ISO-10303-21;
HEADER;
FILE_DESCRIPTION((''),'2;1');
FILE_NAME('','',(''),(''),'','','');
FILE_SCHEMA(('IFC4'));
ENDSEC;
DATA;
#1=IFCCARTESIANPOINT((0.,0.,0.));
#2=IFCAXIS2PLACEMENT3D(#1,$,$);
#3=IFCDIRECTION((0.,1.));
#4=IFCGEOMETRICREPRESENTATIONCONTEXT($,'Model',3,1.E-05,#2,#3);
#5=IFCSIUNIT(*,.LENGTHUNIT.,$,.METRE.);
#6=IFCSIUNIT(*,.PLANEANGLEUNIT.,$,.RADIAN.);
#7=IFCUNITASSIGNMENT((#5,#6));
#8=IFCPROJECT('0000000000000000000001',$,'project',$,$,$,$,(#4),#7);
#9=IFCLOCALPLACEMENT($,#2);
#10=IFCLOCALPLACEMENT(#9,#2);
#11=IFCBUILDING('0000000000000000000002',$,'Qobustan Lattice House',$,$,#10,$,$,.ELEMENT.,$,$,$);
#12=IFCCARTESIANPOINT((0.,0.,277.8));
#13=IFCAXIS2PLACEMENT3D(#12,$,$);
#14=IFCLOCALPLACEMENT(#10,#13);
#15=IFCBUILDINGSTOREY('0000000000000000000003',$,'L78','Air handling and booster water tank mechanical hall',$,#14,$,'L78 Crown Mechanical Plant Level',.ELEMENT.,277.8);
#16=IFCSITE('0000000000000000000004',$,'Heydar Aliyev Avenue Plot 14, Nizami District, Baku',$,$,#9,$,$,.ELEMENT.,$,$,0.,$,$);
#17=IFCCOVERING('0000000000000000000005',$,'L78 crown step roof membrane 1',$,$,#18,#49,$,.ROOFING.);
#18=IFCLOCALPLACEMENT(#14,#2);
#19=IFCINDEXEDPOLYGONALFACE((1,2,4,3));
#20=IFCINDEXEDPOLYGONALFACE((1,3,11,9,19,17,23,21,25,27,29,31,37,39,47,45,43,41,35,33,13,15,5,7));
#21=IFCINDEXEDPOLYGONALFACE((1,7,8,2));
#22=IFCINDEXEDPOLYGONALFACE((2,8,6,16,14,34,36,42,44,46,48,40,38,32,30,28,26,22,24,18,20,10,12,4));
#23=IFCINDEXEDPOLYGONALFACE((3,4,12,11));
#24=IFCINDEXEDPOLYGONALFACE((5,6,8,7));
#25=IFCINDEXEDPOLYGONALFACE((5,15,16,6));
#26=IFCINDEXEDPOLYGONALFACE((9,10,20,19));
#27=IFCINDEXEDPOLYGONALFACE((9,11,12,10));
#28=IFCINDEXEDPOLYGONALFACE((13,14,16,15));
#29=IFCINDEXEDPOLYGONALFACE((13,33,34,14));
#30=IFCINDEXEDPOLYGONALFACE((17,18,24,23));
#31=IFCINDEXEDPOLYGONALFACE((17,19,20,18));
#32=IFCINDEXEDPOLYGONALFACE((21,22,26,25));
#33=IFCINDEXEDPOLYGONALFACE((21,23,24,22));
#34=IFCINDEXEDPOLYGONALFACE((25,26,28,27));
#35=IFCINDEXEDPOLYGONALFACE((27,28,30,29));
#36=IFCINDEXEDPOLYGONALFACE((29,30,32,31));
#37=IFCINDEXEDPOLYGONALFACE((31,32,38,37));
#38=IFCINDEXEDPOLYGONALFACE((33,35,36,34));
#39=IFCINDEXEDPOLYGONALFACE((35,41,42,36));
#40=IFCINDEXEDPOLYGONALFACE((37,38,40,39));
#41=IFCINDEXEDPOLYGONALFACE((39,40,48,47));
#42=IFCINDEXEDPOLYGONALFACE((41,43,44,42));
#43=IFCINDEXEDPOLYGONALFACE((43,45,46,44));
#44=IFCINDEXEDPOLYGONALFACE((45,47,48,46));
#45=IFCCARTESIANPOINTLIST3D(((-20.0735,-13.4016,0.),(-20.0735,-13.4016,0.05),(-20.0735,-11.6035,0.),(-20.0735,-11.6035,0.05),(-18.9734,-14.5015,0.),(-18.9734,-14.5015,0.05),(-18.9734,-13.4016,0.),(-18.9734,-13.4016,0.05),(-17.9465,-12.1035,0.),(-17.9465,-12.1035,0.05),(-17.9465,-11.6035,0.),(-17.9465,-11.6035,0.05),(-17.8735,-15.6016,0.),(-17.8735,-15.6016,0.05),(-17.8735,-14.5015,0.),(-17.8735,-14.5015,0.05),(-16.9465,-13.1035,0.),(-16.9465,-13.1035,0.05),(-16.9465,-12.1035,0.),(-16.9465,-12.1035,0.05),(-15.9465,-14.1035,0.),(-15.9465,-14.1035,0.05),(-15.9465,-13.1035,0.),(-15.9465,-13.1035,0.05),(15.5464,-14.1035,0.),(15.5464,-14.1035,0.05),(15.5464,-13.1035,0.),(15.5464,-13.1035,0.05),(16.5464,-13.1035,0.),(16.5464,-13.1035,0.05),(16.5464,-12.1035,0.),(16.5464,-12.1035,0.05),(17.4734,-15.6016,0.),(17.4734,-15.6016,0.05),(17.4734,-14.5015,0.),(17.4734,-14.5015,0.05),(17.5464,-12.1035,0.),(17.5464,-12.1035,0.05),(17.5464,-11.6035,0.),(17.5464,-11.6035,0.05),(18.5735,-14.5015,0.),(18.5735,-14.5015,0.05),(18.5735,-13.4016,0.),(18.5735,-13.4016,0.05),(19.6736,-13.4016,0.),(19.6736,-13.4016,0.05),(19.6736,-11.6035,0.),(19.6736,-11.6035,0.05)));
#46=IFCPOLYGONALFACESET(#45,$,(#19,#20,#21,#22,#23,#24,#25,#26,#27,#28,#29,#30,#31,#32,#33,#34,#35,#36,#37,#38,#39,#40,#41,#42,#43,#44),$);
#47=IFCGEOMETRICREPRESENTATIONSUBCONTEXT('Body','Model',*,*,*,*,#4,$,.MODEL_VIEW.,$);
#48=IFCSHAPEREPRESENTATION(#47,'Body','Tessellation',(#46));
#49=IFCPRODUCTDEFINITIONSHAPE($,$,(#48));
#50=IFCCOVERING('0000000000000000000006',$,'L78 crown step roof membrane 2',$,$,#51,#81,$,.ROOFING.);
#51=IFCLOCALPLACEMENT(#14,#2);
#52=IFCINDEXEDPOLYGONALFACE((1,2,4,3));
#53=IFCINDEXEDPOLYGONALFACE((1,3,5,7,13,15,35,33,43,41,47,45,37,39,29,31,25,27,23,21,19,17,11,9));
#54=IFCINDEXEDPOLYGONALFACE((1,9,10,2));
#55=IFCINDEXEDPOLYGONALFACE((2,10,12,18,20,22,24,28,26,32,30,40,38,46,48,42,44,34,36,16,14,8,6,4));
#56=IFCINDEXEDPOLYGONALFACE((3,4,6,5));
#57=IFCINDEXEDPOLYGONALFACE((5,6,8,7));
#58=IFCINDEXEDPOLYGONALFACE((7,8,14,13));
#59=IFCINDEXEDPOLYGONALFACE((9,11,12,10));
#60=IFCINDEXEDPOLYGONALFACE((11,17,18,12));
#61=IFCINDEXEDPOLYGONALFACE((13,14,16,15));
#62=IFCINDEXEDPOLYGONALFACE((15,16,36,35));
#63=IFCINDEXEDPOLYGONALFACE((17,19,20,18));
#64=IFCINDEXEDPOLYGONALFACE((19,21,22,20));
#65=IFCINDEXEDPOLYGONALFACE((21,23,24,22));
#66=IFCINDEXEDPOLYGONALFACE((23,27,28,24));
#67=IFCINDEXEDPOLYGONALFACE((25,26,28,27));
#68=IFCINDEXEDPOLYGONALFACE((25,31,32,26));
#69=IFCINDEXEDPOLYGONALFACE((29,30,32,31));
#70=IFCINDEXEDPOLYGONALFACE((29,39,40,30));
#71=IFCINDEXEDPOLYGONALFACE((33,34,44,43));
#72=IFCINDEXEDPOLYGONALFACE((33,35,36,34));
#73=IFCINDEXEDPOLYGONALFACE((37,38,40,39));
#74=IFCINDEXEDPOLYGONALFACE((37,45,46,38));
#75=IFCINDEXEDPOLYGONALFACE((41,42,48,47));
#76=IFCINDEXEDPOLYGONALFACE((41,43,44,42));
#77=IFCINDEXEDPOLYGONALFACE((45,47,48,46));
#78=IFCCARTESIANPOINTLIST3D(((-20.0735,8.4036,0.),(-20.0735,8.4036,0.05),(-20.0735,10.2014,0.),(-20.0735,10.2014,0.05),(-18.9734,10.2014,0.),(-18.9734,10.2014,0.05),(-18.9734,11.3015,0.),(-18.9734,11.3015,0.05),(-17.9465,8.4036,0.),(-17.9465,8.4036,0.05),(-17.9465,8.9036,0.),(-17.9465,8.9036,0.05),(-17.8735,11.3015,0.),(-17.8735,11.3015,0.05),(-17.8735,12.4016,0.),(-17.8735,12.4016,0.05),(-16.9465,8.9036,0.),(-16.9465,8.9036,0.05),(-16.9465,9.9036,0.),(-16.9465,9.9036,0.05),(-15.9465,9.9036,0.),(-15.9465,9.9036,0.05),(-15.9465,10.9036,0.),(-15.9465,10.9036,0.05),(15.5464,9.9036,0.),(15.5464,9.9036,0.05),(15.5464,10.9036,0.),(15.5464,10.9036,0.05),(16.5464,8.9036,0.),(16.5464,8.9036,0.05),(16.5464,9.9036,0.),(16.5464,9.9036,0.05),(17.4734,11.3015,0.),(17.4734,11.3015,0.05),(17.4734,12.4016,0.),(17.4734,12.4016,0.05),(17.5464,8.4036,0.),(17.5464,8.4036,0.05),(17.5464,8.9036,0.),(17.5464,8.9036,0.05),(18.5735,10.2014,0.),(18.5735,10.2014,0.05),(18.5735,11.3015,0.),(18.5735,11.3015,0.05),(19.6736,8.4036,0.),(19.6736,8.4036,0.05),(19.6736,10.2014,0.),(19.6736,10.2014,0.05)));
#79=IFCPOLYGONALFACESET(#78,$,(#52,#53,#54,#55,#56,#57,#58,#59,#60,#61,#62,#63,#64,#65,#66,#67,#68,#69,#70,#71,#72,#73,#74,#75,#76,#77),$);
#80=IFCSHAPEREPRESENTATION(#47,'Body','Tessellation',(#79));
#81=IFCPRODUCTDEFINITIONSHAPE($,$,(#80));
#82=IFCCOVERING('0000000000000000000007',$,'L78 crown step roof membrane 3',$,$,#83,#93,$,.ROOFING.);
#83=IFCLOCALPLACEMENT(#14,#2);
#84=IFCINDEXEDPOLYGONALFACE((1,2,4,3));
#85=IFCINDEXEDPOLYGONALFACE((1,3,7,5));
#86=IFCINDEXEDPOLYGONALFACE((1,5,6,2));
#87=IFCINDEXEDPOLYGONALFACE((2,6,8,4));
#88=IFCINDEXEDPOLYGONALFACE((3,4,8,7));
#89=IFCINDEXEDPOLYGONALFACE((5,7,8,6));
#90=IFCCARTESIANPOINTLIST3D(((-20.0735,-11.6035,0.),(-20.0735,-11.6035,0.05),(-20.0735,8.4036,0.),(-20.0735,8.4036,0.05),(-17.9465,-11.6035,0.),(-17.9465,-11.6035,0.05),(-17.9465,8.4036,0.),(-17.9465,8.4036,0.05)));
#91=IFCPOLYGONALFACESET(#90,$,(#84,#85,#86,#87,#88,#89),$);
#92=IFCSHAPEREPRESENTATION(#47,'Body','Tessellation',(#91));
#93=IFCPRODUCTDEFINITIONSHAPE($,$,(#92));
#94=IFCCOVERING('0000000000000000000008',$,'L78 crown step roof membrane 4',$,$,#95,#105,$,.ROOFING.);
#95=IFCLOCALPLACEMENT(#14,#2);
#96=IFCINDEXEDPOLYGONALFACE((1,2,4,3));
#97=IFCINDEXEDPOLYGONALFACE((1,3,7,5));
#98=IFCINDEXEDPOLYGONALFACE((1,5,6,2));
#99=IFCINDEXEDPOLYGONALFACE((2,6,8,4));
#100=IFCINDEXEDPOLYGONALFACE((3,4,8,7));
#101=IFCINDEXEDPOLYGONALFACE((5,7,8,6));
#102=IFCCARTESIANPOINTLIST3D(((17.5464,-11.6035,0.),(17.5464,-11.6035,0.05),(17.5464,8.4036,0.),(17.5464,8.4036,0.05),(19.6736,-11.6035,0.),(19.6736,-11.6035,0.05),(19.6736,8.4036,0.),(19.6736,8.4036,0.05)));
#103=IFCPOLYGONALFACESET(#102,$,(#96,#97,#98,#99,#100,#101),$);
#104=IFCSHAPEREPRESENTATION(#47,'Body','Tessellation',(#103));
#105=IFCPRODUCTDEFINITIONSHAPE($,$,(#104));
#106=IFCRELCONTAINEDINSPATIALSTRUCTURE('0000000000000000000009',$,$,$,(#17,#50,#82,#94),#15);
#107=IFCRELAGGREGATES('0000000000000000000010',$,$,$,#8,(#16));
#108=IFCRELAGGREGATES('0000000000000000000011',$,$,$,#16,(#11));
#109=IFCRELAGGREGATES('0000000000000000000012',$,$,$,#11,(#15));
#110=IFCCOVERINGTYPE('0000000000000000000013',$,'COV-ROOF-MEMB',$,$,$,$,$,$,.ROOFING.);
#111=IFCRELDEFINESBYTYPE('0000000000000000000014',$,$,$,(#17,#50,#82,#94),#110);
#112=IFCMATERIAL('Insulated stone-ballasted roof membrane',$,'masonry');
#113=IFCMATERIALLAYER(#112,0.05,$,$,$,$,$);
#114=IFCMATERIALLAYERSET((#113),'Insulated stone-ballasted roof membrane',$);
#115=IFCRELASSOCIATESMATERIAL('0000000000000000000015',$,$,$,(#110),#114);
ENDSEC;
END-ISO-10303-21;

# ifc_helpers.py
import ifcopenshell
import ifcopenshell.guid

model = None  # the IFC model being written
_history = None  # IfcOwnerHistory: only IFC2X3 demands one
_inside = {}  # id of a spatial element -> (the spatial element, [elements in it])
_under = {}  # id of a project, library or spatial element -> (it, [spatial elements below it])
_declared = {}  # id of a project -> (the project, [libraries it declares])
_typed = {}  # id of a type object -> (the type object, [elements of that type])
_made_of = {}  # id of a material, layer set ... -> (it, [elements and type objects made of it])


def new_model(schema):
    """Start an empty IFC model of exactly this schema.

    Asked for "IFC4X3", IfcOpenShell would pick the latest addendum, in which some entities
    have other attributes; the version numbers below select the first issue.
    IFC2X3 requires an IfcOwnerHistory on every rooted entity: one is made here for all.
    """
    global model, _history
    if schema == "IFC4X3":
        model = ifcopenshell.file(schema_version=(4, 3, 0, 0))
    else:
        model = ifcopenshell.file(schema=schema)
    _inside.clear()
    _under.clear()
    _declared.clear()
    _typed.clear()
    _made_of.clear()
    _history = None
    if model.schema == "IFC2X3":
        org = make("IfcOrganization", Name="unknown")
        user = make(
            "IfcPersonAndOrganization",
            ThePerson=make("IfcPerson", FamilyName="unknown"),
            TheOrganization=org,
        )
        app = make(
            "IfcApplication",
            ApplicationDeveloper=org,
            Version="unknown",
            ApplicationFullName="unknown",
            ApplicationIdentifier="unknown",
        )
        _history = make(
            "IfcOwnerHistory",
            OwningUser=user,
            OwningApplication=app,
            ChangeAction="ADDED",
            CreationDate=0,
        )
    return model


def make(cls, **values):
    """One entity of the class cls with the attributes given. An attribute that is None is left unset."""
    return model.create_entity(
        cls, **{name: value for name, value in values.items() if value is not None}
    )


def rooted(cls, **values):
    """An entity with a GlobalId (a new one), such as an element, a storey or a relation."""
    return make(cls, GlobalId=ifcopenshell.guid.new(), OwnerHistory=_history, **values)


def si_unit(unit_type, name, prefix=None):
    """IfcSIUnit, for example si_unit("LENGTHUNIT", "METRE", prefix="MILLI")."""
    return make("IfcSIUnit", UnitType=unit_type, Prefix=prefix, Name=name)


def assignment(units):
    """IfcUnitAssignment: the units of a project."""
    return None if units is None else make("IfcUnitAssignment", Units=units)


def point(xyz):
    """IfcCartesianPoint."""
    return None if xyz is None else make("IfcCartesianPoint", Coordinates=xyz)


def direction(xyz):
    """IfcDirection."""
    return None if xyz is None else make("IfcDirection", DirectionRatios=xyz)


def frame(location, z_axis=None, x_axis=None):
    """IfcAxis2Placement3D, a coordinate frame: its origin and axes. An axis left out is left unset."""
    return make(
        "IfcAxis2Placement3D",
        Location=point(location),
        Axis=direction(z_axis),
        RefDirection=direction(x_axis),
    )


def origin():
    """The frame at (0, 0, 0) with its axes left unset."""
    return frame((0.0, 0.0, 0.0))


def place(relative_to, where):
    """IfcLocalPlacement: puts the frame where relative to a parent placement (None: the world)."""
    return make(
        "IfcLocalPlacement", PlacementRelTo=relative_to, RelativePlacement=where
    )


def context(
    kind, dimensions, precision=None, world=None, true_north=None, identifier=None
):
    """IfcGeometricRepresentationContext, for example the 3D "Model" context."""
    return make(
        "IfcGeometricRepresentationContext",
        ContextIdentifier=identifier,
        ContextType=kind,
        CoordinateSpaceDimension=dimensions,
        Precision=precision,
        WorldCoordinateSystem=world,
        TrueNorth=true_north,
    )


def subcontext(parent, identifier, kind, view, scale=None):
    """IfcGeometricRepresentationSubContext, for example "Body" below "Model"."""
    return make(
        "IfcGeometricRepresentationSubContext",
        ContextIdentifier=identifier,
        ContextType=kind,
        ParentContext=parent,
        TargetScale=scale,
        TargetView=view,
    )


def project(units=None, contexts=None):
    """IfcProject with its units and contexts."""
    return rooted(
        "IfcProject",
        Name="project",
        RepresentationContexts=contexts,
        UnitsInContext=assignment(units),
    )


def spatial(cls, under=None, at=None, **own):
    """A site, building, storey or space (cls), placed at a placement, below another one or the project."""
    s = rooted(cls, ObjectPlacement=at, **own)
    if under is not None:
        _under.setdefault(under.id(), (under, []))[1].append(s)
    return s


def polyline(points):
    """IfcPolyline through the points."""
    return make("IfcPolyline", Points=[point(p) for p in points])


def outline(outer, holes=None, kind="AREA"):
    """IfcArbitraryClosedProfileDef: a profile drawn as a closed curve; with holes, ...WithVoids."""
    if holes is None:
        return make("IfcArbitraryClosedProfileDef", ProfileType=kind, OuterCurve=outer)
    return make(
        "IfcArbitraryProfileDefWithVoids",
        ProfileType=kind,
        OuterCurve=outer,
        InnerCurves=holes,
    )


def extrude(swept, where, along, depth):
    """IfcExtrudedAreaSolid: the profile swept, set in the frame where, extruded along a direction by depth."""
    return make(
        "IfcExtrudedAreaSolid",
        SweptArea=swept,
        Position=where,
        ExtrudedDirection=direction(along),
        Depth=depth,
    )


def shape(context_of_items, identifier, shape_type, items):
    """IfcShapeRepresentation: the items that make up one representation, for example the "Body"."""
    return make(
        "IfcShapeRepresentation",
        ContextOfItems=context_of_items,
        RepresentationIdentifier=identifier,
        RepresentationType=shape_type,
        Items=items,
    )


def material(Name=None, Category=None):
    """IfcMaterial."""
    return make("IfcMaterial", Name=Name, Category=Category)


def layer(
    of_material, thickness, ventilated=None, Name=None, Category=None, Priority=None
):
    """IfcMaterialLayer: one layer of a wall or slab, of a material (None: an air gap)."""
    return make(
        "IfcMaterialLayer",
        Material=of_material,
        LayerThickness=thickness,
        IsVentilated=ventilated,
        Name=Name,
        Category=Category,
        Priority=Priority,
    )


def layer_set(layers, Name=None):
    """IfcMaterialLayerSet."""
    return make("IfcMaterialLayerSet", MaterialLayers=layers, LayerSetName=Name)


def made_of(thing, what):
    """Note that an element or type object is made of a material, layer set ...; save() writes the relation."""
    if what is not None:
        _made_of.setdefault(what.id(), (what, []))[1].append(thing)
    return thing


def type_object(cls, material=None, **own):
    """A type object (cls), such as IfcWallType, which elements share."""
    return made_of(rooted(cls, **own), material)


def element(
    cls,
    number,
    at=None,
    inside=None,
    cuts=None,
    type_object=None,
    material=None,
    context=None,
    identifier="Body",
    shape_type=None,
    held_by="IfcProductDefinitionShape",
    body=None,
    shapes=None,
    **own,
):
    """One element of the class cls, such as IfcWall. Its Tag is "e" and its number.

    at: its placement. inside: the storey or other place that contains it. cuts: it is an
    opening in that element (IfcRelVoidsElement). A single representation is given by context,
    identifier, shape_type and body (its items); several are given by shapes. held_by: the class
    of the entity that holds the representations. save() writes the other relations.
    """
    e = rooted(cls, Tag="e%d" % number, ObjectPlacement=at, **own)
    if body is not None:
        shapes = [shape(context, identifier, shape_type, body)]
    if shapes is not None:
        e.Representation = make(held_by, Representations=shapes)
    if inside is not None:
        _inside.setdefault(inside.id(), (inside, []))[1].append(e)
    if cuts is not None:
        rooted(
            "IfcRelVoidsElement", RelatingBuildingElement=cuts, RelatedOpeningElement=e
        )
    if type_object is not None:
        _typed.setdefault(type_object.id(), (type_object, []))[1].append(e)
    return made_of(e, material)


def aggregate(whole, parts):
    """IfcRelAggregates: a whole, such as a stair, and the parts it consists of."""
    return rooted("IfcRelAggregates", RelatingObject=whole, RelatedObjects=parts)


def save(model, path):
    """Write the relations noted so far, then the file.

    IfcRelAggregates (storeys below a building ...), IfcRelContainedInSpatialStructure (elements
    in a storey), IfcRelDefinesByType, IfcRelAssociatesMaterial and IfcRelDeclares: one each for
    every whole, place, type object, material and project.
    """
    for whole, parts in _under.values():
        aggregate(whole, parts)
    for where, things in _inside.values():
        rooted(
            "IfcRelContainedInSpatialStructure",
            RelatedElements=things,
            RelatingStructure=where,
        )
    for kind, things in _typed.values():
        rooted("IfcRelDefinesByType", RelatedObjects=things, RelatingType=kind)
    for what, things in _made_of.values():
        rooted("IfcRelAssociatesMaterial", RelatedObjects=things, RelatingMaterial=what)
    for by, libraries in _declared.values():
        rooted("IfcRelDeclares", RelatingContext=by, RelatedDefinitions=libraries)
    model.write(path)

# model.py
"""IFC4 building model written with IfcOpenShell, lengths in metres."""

from ifc_helpers import new_model, si_unit, direction, frame, origin, place, context, subcontext, project, spatial, polyline, outline, extrude, material, layer, layer_set, type_object, element, save


model = new_model("IFC4")

# Units and contexts
model_context = context("Model", 3, precision=1e-05, world=origin(), true_north=direction((0.0, 1.0)))
body_context = subcontext(model_context, "Body", "Model", "MODEL_VIEW")
ifc_project = project(units=[si_unit("LENGTHUNIT", "METRE"), si_unit("PLANEANGLEUNIT", "RADIAN")], contexts=[model_context])

# Site, building, storey
site_placement = place(None, origin())
site = spatial("IfcSite", under=ifc_project, at=site_placement, Name="Heydar Aliyev Avenue Plot 14, Nizami District, Baku", CompositionType="ELEMENT", RefElevation=0.0)
building_placement = place(site_placement, origin())
building = spatial("IfcBuilding", under=site, at=building_placement, Name="Qobustan Lattice House", CompositionType="ELEMENT")
storey_placement = place(building_placement, frame((0.0, 0.0, 277.8)))
storey = spatial("IfcBuildingStorey", under=building, at=storey_placement, Name="L78", Description="Air handling and booster water tank mechanical hall", LongName="L78 Crown Mechanical Plant Level", CompositionType="ELEMENT", Elevation=277.8)

# Coverings
ifc_material_1 = material(Name="Insulated stone-ballasted roof membrane", Category="masonry")
ifc_layer_1 = layer(ifc_material_1, 0.05)
ifc_layer_set_1 = layer_set([ifc_layer_1], Name="Insulated stone-ballasted roof membrane")
covering_type = type_object("IfcCoveringType", Name="COV-ROOF-MEMB", PredefinedType="ROOFING", material=ifc_layer_set_1)
covering_1_placement = place(storey_placement, origin())
element("IfcCovering", 1, at=covering_1_placement, inside=storey, type_object=covering_type, Name="L78 crown step roof membrane 1", PredefinedType="ROOFING", context=body_context, shape_type="SweptSolid", body=[
    extrude(outline(polyline([(-17.8735, -14.5015), (-17.8735, -15.6016), (17.4734, -15.6016), (17.4734, -14.5015), (18.5735, -14.5015), (18.5735, -13.4016), (19.6736, -13.4016), (19.6736, -11.6035), (17.5464, -11.6035), (17.5464, -12.1035), (16.5464, -12.1035), (16.5464, -13.1035), (15.5464, -13.1035), (15.5464, -14.1035), (-15.9465, -14.1035), (-15.9465, -13.1035), (-16.9465, -13.1035), (-16.9465, -12.1035), (-17.9465, -12.1035), (-17.9465, -11.6035), (-20.0735, -11.6035), (-20.0735, -13.4016), (-18.9734, -13.4016), (-18.9734, -14.5015), (-17.8735, -14.5015)])), origin(), (0.0, 0.0, 1.0), 0.05),
])
covering_2_placement = place(storey_placement, origin())
element("IfcCovering", 2, at=covering_2_placement, inside=storey, type_object=covering_type, Name="L78 crown step roof membrane 2", PredefinedType="ROOFING", context=body_context, shape_type="SweptSolid", body=[
    extrude(outline(polyline([(-20.0735, 8.4036), (-17.9465, 8.4036), (-17.9465, 8.9036), (-16.9465, 8.9036), (-16.9465, 9.9036), (-15.9465, 9.9036), (-15.9465, 10.9036), (15.5464, 10.9036), (15.5464, 9.9036), (16.5464, 9.9036), (16.5464, 8.9036), (17.5464, 8.9036), (17.5464, 8.4036), (19.6736, 8.4036), (19.6736, 10.2014), (18.5735, 10.2014), (18.5735, 11.3015), (17.4734, 11.3015), (17.4734, 12.4016), (-17.8735, 12.4016), (-17.8735, 11.3015), (-18.9734, 11.3015), (-18.9734, 10.2014), (-20.0735, 10.2014), (-20.0735, 8.4036)])), origin(), (0.0, 0.0, 1.0), 0.05),
])
covering_3_placement = place(storey_placement, origin())
element("IfcCovering", 3, at=covering_3_placement, inside=storey, type_object=covering_type, Name="L78 crown step roof membrane 3", PredefinedType="ROOFING", context=body_context, shape_type="SweptSolid", body=[
    extrude(outline(polyline([(-20.0735, -11.6035), (-17.9465, -11.6035), (-17.9465, 8.4036), (-20.0735, 8.4036), (-20.0735, -11.6035)])), origin(), (0.0, 0.0, 1.0), 0.05),
])
covering_4_placement = place(storey_placement, origin())
element("IfcCovering", 4, at=covering_4_placement, inside=storey, type_object=covering_type, Name="L78 crown step roof membrane 4", PredefinedType="ROOFING", context=body_context, shape_type="SweptSolid", body=[
    extrude(outline(polyline([(19.6736, 8.4036), (17.5464, 8.4036), (17.5464, -11.6035), (19.6736, -11.6035), (19.6736, 8.4036)])), origin(), (0.0, 0.0, 1.0), 0.05),
])

save(model, "model.ifc")
